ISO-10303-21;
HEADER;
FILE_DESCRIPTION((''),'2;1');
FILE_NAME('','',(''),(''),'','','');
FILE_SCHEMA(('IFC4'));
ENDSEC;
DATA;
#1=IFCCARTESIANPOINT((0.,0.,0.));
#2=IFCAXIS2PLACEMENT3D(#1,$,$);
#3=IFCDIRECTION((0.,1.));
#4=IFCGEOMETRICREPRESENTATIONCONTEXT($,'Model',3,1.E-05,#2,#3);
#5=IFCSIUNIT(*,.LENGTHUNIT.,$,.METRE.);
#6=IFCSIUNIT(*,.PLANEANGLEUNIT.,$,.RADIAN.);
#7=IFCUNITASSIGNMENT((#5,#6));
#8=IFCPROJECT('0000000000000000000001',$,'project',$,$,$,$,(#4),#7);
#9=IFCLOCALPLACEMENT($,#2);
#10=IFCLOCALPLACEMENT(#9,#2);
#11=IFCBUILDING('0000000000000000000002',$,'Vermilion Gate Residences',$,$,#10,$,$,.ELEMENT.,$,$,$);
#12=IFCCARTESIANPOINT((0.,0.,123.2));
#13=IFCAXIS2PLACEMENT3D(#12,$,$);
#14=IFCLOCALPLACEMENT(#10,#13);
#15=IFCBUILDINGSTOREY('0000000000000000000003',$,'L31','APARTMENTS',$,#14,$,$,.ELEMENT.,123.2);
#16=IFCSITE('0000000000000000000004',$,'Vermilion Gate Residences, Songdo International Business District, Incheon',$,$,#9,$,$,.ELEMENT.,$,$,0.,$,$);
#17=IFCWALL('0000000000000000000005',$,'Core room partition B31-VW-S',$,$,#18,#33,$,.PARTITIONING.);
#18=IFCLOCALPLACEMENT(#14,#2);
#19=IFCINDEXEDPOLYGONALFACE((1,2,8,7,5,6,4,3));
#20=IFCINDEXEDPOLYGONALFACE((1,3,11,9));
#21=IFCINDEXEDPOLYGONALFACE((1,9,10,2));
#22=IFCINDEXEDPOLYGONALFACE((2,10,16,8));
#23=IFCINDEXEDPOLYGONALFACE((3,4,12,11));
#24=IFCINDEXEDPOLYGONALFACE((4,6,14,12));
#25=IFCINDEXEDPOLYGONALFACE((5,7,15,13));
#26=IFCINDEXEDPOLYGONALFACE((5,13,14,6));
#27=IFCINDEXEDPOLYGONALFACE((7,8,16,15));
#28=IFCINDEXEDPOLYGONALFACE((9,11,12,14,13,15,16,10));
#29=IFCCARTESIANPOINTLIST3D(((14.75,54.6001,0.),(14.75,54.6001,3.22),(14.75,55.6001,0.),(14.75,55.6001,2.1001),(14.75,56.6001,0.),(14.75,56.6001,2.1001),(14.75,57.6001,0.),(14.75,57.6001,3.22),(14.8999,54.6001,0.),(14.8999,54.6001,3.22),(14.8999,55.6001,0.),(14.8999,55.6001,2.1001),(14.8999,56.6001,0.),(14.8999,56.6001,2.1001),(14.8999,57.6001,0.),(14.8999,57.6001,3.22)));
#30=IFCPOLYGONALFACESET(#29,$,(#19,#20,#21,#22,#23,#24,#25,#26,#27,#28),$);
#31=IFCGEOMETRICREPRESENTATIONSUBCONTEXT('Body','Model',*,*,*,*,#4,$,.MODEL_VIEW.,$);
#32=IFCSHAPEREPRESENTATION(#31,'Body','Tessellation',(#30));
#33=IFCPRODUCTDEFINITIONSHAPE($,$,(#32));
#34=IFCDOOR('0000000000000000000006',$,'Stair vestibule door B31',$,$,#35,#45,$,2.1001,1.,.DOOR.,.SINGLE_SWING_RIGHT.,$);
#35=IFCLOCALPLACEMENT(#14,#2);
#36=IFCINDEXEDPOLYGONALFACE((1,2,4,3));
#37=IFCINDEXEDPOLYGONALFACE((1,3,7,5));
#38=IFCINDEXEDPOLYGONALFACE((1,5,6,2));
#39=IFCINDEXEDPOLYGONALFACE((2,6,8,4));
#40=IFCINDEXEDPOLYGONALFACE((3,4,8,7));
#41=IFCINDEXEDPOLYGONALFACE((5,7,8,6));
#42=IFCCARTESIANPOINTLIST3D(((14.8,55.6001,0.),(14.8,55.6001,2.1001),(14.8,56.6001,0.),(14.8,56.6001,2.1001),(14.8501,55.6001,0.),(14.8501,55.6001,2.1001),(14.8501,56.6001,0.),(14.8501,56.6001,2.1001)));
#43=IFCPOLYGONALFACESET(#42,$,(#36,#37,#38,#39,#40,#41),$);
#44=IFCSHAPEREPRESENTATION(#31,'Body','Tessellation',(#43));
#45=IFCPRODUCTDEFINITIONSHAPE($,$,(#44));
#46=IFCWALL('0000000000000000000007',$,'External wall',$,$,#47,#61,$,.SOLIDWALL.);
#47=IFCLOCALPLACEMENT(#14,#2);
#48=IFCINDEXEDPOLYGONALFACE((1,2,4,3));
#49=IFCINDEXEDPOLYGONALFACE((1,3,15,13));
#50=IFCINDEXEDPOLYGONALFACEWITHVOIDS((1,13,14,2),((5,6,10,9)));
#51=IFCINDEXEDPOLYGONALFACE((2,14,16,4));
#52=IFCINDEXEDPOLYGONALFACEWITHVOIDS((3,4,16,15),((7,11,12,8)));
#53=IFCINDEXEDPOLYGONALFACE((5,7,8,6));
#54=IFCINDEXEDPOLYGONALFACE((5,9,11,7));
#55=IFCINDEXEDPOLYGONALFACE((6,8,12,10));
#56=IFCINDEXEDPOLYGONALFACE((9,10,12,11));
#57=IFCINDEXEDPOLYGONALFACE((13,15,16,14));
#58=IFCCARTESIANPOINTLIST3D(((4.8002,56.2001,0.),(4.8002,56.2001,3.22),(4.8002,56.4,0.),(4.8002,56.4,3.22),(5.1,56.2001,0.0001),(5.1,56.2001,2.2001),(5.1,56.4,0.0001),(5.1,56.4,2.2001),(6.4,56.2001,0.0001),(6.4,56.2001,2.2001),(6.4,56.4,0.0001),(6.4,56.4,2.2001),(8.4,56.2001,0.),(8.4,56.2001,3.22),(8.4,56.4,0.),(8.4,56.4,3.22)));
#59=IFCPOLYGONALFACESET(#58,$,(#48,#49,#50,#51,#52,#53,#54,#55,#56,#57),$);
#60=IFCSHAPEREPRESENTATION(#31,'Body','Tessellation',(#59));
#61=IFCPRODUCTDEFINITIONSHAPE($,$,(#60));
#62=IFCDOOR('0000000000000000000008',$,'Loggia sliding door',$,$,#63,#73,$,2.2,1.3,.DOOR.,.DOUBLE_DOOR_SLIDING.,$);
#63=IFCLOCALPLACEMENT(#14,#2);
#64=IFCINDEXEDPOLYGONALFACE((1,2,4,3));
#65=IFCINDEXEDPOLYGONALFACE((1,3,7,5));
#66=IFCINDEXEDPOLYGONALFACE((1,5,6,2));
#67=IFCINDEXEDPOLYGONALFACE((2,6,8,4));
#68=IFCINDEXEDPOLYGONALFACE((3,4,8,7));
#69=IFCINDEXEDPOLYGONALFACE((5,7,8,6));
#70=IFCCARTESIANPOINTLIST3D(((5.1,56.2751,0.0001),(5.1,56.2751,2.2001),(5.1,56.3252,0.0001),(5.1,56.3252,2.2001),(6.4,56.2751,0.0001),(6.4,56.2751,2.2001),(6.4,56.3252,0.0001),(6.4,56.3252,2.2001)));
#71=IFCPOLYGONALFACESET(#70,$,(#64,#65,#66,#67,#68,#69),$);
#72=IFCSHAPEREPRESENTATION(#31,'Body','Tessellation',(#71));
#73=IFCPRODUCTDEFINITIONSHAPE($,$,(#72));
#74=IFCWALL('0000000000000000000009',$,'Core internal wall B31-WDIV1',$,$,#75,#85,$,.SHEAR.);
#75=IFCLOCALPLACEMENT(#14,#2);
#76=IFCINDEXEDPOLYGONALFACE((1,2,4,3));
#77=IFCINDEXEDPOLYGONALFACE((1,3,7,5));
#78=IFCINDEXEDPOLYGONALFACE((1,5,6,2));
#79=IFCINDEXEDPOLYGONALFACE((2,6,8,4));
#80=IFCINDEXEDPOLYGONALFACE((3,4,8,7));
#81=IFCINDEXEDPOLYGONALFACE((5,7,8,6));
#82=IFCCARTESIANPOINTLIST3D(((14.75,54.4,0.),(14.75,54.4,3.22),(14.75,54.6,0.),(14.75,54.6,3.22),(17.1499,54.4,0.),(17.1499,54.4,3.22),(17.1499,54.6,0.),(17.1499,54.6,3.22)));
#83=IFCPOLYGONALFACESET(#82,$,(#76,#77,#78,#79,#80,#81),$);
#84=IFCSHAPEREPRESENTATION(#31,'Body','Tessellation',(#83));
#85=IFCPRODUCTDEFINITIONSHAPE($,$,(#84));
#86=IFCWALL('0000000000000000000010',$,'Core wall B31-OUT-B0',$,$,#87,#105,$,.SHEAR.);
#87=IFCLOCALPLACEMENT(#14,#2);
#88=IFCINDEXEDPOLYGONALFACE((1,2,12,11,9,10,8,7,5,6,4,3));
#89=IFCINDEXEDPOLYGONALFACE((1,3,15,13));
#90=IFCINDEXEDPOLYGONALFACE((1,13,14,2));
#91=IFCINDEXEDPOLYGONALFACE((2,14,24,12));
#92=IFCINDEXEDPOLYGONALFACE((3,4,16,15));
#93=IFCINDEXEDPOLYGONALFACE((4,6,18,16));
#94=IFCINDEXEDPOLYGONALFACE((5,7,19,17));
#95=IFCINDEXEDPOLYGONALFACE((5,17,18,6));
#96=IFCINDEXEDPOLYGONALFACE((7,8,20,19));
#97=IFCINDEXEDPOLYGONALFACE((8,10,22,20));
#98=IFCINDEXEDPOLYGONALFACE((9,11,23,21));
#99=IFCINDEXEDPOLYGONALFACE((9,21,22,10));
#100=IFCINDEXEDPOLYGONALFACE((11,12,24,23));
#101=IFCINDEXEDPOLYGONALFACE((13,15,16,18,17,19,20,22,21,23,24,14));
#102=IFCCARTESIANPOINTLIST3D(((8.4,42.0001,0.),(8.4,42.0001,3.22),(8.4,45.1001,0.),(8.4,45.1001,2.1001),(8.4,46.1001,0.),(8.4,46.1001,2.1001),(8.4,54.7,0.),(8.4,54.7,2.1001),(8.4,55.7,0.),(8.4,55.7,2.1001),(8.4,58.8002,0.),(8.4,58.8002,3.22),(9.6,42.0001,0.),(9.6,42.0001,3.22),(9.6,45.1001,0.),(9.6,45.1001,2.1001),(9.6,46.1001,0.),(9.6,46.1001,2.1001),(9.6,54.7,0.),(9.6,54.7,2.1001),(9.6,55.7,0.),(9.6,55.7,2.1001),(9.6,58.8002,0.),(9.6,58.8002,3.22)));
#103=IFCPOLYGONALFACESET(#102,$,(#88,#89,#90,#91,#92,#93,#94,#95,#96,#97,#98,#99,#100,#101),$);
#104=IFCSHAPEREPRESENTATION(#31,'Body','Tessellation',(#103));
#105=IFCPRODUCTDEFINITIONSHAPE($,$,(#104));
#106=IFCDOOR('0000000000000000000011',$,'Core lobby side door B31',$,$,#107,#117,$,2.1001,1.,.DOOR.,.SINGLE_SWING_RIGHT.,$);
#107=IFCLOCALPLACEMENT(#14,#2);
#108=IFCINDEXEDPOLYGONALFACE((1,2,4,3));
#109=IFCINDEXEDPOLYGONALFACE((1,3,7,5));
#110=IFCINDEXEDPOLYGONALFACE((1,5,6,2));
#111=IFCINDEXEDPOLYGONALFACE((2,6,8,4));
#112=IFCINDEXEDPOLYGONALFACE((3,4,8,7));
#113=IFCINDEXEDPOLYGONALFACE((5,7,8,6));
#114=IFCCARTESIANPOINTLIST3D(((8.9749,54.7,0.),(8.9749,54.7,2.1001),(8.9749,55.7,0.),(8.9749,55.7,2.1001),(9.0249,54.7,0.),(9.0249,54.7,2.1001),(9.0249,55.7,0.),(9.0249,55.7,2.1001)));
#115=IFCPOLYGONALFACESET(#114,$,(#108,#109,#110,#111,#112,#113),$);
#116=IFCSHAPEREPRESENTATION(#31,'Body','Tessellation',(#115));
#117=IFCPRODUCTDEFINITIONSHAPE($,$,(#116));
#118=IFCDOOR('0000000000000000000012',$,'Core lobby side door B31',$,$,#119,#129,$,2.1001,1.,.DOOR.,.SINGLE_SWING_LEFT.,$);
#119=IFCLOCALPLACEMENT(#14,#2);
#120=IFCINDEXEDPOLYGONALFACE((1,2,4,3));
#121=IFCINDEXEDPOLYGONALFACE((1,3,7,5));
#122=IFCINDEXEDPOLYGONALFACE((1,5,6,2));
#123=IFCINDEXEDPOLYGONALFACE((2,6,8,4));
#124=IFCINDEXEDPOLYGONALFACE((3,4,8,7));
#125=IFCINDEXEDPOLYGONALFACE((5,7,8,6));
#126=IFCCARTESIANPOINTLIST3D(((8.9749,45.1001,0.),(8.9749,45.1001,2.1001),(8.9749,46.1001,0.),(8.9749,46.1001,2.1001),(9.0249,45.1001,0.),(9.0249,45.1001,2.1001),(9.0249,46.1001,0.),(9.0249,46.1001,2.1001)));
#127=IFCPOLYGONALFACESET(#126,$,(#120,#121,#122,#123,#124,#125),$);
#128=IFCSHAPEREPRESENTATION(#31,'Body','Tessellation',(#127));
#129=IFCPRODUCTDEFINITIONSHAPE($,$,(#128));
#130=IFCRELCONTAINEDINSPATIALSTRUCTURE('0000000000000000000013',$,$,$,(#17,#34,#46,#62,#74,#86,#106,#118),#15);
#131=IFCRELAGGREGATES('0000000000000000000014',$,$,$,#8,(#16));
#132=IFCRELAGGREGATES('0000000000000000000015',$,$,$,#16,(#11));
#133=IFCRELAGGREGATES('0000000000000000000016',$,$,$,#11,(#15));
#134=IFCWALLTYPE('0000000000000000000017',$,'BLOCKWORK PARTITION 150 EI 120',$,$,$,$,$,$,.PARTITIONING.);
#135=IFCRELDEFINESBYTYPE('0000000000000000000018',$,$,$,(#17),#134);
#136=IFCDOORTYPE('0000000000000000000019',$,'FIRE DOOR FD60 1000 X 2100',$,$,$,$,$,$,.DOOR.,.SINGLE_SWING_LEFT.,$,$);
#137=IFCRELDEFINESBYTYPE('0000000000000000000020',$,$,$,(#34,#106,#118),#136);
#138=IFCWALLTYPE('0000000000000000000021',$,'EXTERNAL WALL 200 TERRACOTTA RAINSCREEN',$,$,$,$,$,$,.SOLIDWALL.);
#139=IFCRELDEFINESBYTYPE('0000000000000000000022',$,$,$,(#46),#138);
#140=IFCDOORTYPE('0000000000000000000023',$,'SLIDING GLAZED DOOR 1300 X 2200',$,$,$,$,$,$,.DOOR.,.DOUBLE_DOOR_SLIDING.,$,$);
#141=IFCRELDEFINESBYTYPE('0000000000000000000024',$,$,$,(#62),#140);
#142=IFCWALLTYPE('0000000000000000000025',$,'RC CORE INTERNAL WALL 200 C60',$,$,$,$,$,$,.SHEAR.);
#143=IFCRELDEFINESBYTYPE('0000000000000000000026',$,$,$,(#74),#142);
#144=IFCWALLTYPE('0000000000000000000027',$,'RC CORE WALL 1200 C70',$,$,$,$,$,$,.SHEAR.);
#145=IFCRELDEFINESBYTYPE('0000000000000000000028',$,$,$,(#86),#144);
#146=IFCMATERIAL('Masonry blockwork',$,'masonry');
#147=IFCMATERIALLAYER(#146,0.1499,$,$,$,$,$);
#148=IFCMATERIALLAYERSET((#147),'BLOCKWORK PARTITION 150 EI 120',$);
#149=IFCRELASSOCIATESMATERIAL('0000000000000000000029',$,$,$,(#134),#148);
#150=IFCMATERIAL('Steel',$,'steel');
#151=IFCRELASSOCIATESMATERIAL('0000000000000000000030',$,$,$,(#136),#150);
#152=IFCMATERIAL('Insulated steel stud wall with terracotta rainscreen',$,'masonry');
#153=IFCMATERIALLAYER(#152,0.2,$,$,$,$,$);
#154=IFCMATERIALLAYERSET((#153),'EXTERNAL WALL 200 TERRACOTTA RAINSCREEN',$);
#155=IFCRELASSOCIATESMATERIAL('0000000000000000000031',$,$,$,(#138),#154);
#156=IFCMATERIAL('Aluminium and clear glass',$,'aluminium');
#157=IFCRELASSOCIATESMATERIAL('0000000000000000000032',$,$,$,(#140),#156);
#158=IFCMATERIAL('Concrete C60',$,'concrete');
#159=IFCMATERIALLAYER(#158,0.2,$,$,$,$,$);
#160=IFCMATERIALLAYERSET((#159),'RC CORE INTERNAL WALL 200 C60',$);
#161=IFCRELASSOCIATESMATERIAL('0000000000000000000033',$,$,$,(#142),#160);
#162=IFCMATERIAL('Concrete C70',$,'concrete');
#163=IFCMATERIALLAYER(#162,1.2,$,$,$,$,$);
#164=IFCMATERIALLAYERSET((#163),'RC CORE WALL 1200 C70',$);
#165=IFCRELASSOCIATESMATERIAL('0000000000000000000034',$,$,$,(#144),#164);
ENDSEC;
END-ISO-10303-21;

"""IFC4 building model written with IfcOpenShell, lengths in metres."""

from ifc_helpers import new_model, si_unit, direction, frame, frame_2d, origin, place, context, subcontext, project, spatial, rectangle, extrude, material, layer, layer_set, type_object, element, fill, save


model = new_model("IFC4")

# Units and contexts
model_context = context("Model", 3, precision=1e-05, world=origin(), true_north=direction((0.0, 1.0)))
body_context = subcontext(model_context, "Body", "Model", "MODEL_VIEW")
ifc_project = project(units=[si_unit("LENGTHUNIT", "METRE"), si_unit("PLANEANGLEUNIT", "RADIAN")], contexts=[model_context])

# Site, building, storey
site_placement = place(None, origin())
site = spatial("IfcSite", under=ifc_project, at=site_placement, Name="Vermilion Gate Residences, Songdo International Business District, Incheon", CompositionType="ELEMENT", RefElevation=0.0)
building_placement = place(site_placement, origin())
building = spatial("IfcBuilding", under=site, at=building_placement, Name="Vermilion Gate Residences", CompositionType="ELEMENT")
storey_placement = place(building_placement, frame((0.0, 0.0, 123.2)))
storey = spatial("IfcBuildingStorey", under=building, at=storey_placement, Name="L31", Description="APARTMENTS", CompositionType="ELEMENT", Elevation=123.2)

# Walls, openings, doors
ifc_material_1 = material(Name="Masonry blockwork", Category="masonry")
ifc_layer_1 = layer(ifc_material_1, 0.1499)
ifc_layer_set_1 = layer_set([ifc_layer_1], Name="BLOCKWORK PARTITION 150 EI 120")
wall_type_1 = type_object("IfcWallType", Name="BLOCKWORK PARTITION 150 EI 120", PredefinedType="PARTITIONING", material=ifc_layer_set_1)
wall_1_placement = place(storey_placement, frame((14.825, 57.6001, 0.0), z_axis=(0.0, 0.0, 1.0), x_axis=(0.0, -1.0, 0.0)))
wall_1 = element("IfcWall", 1, at=wall_1_placement, inside=storey, type_object=wall_type_1, Name="Core room partition B31-VW-S", PredefinedType="PARTITIONING", context=body_context, shape_type="SweptSolid", body=[
    extrude(rectangle(XDim=3.0, YDim=0.1499, at=frame_2d((1.5, 0.0))), origin(), (0.0, 0.0, 1.0), 3.22),
])
opening_1_placement = place(wall_1_placement, frame((1.0, 0.0, 0.0)))
opening_1 = element("IfcOpeningElement", 2, at=opening_1_placement, cuts=wall_1, PredefinedType="OPENING", context=body_context, shape_type="SweptSolid", body=[
    extrude(rectangle(XDim=1.0, YDim=2.1001, at=frame_2d((0.5, 1.05))), frame((0.0, 0.085, 0.0), z_axis=(0.0, -1.0, 0.0), x_axis=(1.0, 0.0, 0.0)), (0.0, 0.0, 1.0), 0.1699),
])
ifc_material_2 = material(Name="Steel", Category="steel")
door_type_1 = type_object("IfcDoorType", Name="FIRE DOOR FD60 1000 X 2100", OperationType="SINGLE_SWING_LEFT", PredefinedType="DOOR", material=ifc_material_2)
door_1_placement = place(opening_1_placement, frame((1.0, 0.0, 0.0), z_axis=(0.0, 0.0, 1.0), x_axis=(-1.0, 0.0, 0.0)))
door_1 = element("IfcDoor", 3, at=door_1_placement, inside=storey, type_object=door_type_1, Name="Stair vestibule door B31", OperationType="SINGLE_SWING_RIGHT", OverallHeight=2.1001, OverallWidth=1.0, PredefinedType="DOOR", context=body_context, shape_type="SweptSolid", body=[
    extrude(rectangle(XDim=1.0, YDim=2.1001, at=frame_2d((0.5, 1.05))), frame((0.0, 0.0249, 0.0), z_axis=(0.0, -1.0, 0.0), x_axis=(1.0, 0.0, 0.0)), (0.0, 0.0, 1.0), 0.05),
])
fill(opening_1, door_1)
ifc_material_3 = material(Name="Insulated steel stud wall with terracotta rainscreen", Category="masonry")
ifc_layer_2 = layer(ifc_material_3, 0.2)
ifc_layer_set_2 = layer_set([ifc_layer_2], Name="EXTERNAL WALL 200 TERRACOTTA RAINSCREEN")
wall_type_2 = type_object("IfcWallType", Name="EXTERNAL WALL 200 TERRACOTTA RAINSCREEN", PredefinedType="SOLIDWALL", material=ifc_layer_set_2)
wall_2_placement = place(storey_placement, frame((8.3999, 56.3, 0.0), z_axis=(0.0, 0.0, 1.0), x_axis=(-1.0, 0.0, 0.0)))
wall_2 = element("IfcWall", 4, at=wall_2_placement, inside=storey, type_object=wall_type_2, Name="External wall", PredefinedType="SOLIDWALL", context=body_context, shape_type="SweptSolid", body=[
    extrude(rectangle(XDim=3.5999, YDim=0.2, at=frame_2d((1.7998, 0.0))), origin(), (0.0, 0.0, 1.0), 3.22),
])
opening_2_placement = place(wall_2_placement, frame((2.0, 0.0, 0.0)))
opening_2 = element("IfcOpeningElement", 5, at=opening_2_placement, cuts=wall_2, PredefinedType="OPENING", context=body_context, shape_type="SweptSolid", body=[
    extrude(rectangle(XDim=1.3, YDim=2.2, at=frame_2d((0.6499, 1.1001))), frame((0.0, 0.1099, 0.0), z_axis=(0.0, -1.0, 0.0), x_axis=(1.0, 0.0, 0.0)), (0.0, 0.0, 1.0), 0.22),
])
ifc_material_4 = material(Name="Aluminium and clear glass", Category="aluminium")
door_type_2 = type_object("IfcDoorType", Name="SLIDING GLAZED DOOR 1300 X 2200", OperationType="DOUBLE_DOOR_SLIDING", PredefinedType="DOOR", material=ifc_material_4)
door_2_placement = place(opening_2_placement, origin())
door_2 = element("IfcDoor", 6, at=door_2_placement, inside=storey, type_object=door_type_2, Name="Loggia sliding door", OperationType="DOUBLE_DOOR_SLIDING", OverallHeight=2.2, OverallWidth=1.3, PredefinedType="DOOR", context=body_context, shape_type="SweptSolid", body=[
    extrude(rectangle(XDim=1.3, YDim=2.2, at=frame_2d((0.6499, 1.1001))), frame((0.0, 0.0249, 0.0), z_axis=(0.0, -1.0, 0.0), x_axis=(1.0, 0.0, 0.0)), (0.0, 0.0, 1.0), 0.05),
])
fill(opening_2, door_2)

# Wall
ifc_material_5 = material(Name="Concrete C60", Category="concrete")
ifc_layer_3 = layer(ifc_material_5, 0.2)
ifc_layer_set_3 = layer_set([ifc_layer_3], Name="RC CORE INTERNAL WALL 200 C60")
wall_type_3 = type_object("IfcWallType", Name="RC CORE INTERNAL WALL 200 C60", PredefinedType="SHEAR", material=ifc_layer_set_3)
wall_3_placement = place(storey_placement, frame((14.75, 54.5, 0.0), z_axis=(0.0, 0.0, 1.0), x_axis=(1.0, 0.0, 0.0)))
element("IfcWall", 7, at=wall_3_placement, inside=storey, type_object=wall_type_3, Name="Core internal wall B31-WDIV1", PredefinedType="SHEAR", context=body_context, shape_type="SweptSolid", body=[
    extrude(rectangle(XDim=2.3999, YDim=0.2, at=frame_2d((1.2, 0.0))), origin(), (0.0, 0.0, 1.0), 3.22),
])

# Wall, openings, doors
ifc_material_6 = material(Name="Concrete C70", Category="concrete")
ifc_layer_4 = layer(ifc_material_6, 1.2)
ifc_layer_set_4 = layer_set([ifc_layer_4], Name="RC CORE WALL 1200 C70")
wall_type_4 = type_object("IfcWallType", Name="RC CORE WALL 1200 C70", PredefinedType="SHEAR", material=ifc_layer_set_4)
wall_4_placement = place(storey_placement, frame((9.0, 58.8, 0.0), z_axis=(0.0, 0.0, 1.0), x_axis=(0.0, -1.0, 0.0)))
wall_4 = element("IfcWall", 8, at=wall_4_placement, inside=storey, type_object=wall_type_4, Name="Core wall B31-OUT-B0", PredefinedType="SHEAR", context=body_context, shape_type="SweptSolid", body=[
    extrude(rectangle(XDim=16.8, YDim=1.2, at=frame_2d((8.3999, 0.0))), origin(), (0.0, 0.0, 1.0), 3.22),
])
opening_3_placement = place(wall_4_placement, frame((3.1001, 0.0, 0.0)))
opening_3 = element("IfcOpeningElement", 9, at=opening_3_placement, cuts=wall_4, PredefinedType="OPENING", context=body_context, shape_type="SweptSolid", body=[
    extrude(rectangle(XDim=1.0, YDim=2.1001, at=frame_2d((0.5, 1.05))), frame((0.0, 0.6099, 0.0), z_axis=(0.0, -1.0, 0.0), x_axis=(1.0, 0.0, 0.0)), (0.0, 0.0, 1.0), 1.22),
])
opening_4_placement = place(wall_4_placement, frame((12.7, 0.0, 0.0)))
opening_4 = element("IfcOpeningElement", 10, at=opening_4_placement, cuts=wall_4, PredefinedType="OPENING", context=body_context, shape_type="SweptSolid", body=[
    extrude(rectangle(XDim=1.0, YDim=2.1001, at=frame_2d((0.5, 1.05))), frame((0.0, 0.6099, 0.0), z_axis=(0.0, -1.0, 0.0), x_axis=(1.0, 0.0, 0.0)), (0.0, 0.0, 1.0), 1.22),
])
door_3_placement = place(opening_3_placement, origin())
door_3 = element("IfcDoor", 11, at=door_3_placement, inside=storey, type_object=door_type_1, Name="Core lobby side door B31", OperationType="SINGLE_SWING_RIGHT", OverallHeight=2.1001, OverallWidth=1.0, PredefinedType="DOOR", context=body_context, shape_type="SweptSolid", body=[
    extrude(rectangle(XDim=1.0, YDim=2.1001, at=frame_2d((0.5, 1.05))), frame((0.0, 0.0249, 0.0), z_axis=(0.0, -1.0, 0.0), x_axis=(1.0, 0.0, 0.0)), (0.0, 0.0, 1.0), 0.05),
])
fill(opening_3, door_3)
door_4_placement = place(opening_4_placement, origin())
door_4 = element("IfcDoor", 12, at=door_4_placement, inside=storey, type_object=door_type_1, Name="Core lobby side door B31", OperationType="SINGLE_SWING_LEFT", OverallHeight=2.1001, OverallWidth=1.0, PredefinedType="DOOR", context=body_context, shape_type="SweptSolid", body=[
    extrude(rectangle(XDim=1.0, YDim=2.1001, at=frame_2d((0.5, 1.05))), frame((0.0, 0.0249, 0.0), z_axis=(0.0, -1.0, 0.0), x_axis=(1.0, 0.0, 0.0)), (0.0, 0.0, 1.0), 0.05),
])
fill(opening_4, door_4)

save(model, "model.ifc")
